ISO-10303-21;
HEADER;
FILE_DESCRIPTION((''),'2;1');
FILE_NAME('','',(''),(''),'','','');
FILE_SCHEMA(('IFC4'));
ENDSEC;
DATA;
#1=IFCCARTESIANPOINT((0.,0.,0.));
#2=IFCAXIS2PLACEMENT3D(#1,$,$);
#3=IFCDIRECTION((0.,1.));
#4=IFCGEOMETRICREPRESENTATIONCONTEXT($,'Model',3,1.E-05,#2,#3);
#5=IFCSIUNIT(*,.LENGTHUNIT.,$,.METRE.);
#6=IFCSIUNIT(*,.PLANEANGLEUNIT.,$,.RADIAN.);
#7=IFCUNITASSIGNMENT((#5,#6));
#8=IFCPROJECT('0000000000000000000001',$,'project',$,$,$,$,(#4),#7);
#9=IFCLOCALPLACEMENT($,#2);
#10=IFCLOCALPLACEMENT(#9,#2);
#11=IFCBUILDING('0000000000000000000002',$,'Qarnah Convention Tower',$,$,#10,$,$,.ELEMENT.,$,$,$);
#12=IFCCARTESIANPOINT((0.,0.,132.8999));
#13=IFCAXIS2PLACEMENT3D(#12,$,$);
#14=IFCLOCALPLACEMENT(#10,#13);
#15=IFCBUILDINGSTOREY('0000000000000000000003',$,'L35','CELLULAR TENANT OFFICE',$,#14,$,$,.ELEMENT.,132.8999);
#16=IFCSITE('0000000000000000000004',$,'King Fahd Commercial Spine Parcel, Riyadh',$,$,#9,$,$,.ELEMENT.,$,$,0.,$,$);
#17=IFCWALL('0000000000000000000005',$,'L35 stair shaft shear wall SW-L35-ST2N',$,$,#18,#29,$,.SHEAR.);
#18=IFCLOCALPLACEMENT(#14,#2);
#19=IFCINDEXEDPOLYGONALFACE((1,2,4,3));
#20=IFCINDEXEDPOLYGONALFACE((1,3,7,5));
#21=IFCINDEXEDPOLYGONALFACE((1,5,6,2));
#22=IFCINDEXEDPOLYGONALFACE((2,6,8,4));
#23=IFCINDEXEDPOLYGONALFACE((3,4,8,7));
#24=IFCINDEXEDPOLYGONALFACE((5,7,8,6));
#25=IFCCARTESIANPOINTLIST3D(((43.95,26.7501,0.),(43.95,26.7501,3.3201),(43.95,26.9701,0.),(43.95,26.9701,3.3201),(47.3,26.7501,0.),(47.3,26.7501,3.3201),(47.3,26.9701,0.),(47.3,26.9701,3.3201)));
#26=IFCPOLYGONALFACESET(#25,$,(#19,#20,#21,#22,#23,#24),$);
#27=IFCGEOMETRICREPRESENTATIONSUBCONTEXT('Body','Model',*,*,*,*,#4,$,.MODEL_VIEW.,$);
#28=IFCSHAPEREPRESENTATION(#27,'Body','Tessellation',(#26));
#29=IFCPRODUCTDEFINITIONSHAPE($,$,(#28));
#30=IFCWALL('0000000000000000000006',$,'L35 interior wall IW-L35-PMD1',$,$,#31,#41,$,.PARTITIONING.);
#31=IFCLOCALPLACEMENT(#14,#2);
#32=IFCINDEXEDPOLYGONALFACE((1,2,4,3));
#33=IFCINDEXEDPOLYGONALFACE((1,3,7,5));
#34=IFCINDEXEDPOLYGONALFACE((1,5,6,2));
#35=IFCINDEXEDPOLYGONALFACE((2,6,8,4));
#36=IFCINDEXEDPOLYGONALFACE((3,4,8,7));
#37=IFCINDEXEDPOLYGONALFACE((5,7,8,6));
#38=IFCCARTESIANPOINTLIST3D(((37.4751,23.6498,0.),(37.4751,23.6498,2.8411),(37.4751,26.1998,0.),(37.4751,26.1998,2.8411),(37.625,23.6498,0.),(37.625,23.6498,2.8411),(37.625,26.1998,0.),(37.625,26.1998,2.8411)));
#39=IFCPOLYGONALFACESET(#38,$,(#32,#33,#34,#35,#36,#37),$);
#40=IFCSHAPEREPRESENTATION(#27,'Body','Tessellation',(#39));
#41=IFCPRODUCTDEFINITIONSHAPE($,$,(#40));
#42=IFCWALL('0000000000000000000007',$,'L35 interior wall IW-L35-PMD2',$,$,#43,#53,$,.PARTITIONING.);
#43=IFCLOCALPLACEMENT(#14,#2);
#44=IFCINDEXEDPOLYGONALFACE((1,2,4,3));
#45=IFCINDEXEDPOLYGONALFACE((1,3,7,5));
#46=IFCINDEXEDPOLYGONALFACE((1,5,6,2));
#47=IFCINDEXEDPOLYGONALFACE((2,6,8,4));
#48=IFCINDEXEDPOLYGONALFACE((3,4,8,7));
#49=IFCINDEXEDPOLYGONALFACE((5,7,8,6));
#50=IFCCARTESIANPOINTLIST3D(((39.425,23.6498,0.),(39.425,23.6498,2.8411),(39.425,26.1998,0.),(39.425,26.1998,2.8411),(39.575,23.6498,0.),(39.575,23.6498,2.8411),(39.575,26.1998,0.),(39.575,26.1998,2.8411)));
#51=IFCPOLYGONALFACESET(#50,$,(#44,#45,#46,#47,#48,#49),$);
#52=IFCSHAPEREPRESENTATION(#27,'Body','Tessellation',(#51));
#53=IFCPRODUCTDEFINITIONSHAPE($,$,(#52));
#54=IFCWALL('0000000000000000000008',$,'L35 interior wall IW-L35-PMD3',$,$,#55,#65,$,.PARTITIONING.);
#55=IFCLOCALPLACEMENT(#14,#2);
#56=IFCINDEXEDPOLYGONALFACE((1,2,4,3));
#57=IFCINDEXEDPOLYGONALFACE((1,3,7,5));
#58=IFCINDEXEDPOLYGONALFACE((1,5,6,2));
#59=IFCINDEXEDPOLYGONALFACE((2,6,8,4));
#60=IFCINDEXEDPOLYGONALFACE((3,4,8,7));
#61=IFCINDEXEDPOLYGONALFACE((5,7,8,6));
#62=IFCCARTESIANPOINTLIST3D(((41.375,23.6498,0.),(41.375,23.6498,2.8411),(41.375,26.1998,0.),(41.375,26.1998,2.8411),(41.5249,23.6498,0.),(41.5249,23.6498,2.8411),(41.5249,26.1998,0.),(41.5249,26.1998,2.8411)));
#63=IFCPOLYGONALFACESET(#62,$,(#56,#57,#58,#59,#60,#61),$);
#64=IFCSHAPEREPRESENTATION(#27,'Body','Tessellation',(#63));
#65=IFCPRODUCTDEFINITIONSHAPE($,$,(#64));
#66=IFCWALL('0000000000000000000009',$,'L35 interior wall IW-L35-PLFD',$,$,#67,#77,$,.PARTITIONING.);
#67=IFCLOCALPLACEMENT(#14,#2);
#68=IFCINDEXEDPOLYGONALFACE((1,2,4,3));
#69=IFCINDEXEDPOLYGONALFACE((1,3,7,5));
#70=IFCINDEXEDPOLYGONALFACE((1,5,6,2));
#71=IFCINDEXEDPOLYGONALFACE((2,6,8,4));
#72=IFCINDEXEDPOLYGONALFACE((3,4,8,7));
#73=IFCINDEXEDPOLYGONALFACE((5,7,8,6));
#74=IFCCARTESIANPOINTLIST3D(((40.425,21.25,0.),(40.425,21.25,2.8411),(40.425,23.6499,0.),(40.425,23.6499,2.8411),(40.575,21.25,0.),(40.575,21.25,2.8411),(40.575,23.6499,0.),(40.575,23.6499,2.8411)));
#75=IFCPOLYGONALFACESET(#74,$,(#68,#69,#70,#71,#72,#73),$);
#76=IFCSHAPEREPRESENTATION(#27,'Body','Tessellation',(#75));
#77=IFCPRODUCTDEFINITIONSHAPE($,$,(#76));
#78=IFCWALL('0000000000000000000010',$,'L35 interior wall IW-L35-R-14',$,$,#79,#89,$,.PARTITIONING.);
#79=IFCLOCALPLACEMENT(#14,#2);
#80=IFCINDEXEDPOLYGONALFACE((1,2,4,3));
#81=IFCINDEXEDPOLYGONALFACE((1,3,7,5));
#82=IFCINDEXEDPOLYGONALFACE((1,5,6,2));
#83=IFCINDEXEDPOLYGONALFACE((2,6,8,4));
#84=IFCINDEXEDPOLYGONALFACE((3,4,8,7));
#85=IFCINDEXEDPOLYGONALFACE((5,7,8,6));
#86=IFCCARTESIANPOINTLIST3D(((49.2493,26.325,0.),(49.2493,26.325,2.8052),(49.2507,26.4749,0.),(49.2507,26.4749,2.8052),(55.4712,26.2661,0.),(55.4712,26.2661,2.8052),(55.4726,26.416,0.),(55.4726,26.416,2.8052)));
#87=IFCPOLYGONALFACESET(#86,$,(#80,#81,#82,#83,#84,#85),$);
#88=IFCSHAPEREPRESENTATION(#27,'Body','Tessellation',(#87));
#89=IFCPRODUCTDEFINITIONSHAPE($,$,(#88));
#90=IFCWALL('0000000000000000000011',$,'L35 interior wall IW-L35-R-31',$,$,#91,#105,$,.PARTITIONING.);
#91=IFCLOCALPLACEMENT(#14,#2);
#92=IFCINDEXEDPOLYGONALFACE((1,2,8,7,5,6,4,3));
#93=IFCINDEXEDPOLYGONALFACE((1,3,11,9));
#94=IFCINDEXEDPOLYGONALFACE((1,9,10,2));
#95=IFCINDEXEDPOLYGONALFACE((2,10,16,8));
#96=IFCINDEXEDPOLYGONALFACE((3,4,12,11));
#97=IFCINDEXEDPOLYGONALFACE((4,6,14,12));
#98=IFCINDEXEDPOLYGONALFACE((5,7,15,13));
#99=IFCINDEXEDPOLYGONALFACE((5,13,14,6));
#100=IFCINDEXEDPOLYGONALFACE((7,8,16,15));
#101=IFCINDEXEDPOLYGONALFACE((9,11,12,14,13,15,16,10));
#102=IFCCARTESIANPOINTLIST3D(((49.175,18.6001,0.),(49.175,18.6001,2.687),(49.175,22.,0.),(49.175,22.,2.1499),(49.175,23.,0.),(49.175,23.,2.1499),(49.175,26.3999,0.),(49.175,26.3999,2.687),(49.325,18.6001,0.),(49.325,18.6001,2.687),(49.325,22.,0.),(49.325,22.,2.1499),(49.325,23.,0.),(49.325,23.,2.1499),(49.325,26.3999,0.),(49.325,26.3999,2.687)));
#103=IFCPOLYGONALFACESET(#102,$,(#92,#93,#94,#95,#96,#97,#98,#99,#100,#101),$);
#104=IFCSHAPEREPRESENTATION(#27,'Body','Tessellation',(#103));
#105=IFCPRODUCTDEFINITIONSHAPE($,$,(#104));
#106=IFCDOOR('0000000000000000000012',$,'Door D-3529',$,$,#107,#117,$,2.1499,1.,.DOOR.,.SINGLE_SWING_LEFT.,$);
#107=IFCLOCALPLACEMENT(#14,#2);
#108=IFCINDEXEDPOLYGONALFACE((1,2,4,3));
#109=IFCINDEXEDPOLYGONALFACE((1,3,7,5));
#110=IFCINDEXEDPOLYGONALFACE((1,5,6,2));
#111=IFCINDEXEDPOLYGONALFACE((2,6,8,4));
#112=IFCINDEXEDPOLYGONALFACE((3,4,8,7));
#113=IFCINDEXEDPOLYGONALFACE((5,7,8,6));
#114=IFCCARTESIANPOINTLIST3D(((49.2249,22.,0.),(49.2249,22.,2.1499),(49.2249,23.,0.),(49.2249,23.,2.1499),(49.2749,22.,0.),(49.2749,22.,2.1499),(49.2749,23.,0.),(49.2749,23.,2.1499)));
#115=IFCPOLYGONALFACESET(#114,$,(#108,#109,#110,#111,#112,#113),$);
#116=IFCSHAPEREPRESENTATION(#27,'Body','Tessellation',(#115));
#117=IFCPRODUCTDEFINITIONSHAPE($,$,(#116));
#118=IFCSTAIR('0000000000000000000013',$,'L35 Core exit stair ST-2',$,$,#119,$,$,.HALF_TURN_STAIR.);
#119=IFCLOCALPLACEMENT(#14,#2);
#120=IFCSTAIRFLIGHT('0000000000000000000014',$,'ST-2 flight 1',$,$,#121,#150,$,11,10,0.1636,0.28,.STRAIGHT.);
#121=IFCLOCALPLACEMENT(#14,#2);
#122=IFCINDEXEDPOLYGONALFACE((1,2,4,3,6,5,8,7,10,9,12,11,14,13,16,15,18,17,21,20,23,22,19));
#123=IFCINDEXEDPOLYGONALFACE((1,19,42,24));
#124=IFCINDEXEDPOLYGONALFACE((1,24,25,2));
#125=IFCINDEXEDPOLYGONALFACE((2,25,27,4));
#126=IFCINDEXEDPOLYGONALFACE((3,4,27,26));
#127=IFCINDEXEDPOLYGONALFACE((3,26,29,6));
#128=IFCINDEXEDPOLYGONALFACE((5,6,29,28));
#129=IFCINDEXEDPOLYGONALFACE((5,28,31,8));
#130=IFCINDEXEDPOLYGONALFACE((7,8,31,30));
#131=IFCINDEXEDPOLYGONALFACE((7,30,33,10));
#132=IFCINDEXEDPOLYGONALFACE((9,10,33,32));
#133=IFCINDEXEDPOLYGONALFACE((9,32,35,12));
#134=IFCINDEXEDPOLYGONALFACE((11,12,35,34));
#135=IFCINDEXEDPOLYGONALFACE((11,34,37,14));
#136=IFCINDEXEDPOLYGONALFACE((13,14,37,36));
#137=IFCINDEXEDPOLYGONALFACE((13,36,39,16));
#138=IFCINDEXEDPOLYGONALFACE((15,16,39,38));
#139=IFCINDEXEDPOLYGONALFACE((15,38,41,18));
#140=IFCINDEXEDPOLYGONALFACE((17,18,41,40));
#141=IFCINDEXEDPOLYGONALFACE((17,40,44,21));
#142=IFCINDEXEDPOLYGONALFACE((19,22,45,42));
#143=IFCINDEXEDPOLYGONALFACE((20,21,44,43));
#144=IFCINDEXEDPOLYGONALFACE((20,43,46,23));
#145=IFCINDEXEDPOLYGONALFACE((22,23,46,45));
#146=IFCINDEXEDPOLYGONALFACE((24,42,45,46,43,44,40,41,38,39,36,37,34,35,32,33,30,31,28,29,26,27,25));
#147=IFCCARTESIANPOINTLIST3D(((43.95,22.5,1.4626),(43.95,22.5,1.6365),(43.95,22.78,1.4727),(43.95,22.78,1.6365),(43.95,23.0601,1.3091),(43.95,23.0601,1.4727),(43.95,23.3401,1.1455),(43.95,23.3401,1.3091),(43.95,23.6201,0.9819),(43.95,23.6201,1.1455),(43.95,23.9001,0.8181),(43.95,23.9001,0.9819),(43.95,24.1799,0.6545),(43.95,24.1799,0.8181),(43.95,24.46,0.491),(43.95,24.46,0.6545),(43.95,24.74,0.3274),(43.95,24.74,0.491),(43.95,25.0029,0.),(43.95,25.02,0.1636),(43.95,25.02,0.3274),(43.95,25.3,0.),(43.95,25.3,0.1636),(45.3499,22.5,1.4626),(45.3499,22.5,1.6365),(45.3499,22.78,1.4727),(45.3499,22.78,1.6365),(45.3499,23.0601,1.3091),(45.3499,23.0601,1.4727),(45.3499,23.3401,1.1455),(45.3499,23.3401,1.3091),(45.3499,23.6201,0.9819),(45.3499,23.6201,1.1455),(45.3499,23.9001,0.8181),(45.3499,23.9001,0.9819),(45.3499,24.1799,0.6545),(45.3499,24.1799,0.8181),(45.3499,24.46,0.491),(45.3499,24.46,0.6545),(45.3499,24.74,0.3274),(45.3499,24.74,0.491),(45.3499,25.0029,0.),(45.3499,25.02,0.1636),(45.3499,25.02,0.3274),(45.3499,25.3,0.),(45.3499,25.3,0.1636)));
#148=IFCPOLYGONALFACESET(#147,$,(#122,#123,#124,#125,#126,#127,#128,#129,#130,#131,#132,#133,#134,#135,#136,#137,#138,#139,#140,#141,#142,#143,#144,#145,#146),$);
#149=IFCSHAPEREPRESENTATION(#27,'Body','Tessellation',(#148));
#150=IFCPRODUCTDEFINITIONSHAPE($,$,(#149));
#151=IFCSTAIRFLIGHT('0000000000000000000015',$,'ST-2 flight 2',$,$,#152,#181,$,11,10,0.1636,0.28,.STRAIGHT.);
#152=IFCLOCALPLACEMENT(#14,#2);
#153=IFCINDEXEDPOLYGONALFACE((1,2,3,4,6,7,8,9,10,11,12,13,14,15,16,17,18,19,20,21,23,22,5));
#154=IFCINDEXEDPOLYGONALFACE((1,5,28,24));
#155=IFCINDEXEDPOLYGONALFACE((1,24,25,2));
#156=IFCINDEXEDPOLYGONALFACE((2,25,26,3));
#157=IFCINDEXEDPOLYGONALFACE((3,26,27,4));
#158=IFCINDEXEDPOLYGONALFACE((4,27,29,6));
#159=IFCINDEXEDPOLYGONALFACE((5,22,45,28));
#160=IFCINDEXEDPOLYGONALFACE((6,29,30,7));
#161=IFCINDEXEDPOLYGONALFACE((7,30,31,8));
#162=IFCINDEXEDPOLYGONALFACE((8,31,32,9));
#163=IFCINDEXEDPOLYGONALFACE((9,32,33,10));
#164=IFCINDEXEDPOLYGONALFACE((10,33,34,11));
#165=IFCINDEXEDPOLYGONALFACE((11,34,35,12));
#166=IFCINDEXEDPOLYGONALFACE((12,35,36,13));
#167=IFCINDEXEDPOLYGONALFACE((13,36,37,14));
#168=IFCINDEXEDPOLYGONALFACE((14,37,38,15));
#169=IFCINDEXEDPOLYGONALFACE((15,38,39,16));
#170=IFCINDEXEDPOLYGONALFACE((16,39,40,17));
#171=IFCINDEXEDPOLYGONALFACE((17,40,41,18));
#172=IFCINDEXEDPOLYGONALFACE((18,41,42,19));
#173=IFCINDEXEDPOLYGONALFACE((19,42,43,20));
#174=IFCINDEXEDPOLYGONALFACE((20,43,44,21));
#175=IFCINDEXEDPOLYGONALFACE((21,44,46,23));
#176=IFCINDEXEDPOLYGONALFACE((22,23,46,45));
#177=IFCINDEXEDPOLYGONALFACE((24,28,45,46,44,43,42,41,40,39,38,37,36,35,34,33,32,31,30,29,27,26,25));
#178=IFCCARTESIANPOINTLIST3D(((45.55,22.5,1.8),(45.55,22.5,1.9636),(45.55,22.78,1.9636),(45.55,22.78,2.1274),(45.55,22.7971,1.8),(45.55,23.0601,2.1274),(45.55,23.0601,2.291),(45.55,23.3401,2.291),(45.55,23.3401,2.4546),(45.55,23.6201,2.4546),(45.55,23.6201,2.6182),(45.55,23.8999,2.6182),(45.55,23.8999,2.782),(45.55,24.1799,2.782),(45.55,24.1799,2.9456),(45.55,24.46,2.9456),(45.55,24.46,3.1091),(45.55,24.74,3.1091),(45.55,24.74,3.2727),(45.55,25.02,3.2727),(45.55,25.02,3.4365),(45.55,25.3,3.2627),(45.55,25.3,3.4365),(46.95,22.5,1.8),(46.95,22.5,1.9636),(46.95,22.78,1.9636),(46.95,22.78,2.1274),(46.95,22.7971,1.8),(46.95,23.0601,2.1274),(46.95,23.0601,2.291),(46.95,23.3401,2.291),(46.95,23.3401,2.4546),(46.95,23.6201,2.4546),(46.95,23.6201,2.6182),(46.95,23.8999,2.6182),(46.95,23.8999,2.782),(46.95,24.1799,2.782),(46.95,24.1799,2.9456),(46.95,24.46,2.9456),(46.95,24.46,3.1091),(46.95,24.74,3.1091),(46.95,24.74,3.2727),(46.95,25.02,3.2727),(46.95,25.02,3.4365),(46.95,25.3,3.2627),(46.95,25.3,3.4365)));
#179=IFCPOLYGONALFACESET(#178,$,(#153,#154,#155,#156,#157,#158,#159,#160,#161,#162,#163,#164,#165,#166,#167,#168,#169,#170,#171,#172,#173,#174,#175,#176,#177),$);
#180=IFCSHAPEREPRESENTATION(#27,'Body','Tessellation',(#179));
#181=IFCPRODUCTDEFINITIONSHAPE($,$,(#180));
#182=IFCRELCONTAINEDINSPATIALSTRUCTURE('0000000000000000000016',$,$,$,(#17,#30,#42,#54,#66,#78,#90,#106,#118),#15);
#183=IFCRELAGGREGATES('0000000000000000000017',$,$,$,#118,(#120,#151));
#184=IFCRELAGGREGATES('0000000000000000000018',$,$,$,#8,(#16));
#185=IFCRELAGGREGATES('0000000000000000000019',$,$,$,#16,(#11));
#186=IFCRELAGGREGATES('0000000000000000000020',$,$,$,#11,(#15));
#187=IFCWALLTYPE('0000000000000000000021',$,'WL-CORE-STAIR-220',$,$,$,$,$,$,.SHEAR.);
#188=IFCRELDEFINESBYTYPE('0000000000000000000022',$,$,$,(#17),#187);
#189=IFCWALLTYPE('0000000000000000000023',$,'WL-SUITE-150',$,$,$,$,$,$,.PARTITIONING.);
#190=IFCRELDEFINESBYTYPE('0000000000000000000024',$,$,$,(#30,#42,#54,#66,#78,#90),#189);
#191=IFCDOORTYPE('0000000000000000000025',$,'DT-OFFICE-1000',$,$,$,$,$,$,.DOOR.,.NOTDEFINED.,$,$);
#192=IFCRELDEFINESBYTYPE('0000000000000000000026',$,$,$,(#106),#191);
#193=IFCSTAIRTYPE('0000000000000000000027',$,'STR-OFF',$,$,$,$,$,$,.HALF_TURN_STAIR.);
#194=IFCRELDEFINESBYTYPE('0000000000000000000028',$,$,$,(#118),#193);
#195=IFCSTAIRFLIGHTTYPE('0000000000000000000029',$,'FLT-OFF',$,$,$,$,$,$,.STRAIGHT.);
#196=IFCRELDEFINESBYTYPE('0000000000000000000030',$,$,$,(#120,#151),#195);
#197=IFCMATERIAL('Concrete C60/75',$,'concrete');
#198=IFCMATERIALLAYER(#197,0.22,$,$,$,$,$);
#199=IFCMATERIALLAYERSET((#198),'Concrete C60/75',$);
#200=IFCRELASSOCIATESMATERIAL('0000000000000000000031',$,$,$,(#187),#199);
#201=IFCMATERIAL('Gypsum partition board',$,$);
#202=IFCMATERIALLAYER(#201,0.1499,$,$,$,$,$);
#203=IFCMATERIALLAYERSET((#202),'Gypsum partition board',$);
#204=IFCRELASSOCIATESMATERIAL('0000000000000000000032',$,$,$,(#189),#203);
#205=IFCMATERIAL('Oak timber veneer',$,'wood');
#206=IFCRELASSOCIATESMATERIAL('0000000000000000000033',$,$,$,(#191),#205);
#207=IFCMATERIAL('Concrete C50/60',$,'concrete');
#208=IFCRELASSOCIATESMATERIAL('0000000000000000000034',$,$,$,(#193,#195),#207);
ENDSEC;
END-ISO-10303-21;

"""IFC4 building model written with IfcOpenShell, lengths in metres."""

from ifc_helpers import new_model, si_unit, direction, frame, frame_2d, origin, place, context, subcontext, project, spatial, polyline, rectangle, outline, extrude, material, layer, layer_set, type_object, element, fill, aggregate, save


model = new_model("IFC4")

# Units and contexts
model_context = context("Model", 3, precision=1e-05, world=origin(), true_north=direction((0.0, 1.0)))
body_context = subcontext(model_context, "Body", "Model", "MODEL_VIEW")
ifc_project = project(units=[si_unit("LENGTHUNIT", "METRE"), si_unit("PLANEANGLEUNIT", "RADIAN")], contexts=[model_context])

# Site, building, storey
site_placement = place(None, origin())
site = spatial("IfcSite", under=ifc_project, at=site_placement, Name="King Fahd Commercial Spine Parcel, Riyadh", CompositionType="ELEMENT", RefElevation=0.0)
building_placement = place(site_placement, origin())
building = spatial("IfcBuilding", under=site, at=building_placement, Name="Qarnah Convention Tower", CompositionType="ELEMENT")
storey_placement = place(building_placement, frame((0.0, 0.0, 132.8999)))
storey = spatial("IfcBuildingStorey", under=building, at=storey_placement, Name="L35", Description="CELLULAR TENANT OFFICE", CompositionType="ELEMENT", Elevation=132.8999)

# Shared definitions
ifc_material_1 = material(Name="Concrete C60/75", Category="concrete")

# Walls
ifc_layer_1 = layer(ifc_material_1, 0.22)
ifc_layer_set_1 = layer_set([ifc_layer_1], Name="Concrete C60/75")
wall_type_1 = type_object("IfcWallType", Name="WL-CORE-STAIR-220", PredefinedType="SHEAR", material=ifc_layer_set_1)
wall_1_placement = place(storey_placement, frame((43.95, 26.8601, 0.0), z_axis=(0.0, 0.0, 1.0), x_axis=(1.0, 0.0, 0.0)))
element("IfcWall", 1, at=wall_1_placement, inside=storey, type_object=wall_type_1, Name="L35 stair shaft shear wall SW-L35-ST2N", PredefinedType="SHEAR", context=body_context, shape_type="SweptSolid", body=[
    extrude(rectangle(XDim=3.3501, YDim=0.22, at=frame_2d((1.675, 0.0))), origin(), (0.0, 0.0, 1.0), 3.3201),
])
ifc_material_2 = material(Name="Gypsum partition board")
ifc_layer_2 = layer(ifc_material_2, 0.1499)
ifc_layer_set_2 = layer_set([ifc_layer_2], Name="Gypsum partition board")
wall_type_2 = type_object("IfcWallType", Name="WL-SUITE-150", PredefinedType="PARTITIONING", material=ifc_layer_set_2)
for number, where, z_axis, x_axis, name in (
    (2, (37.55, 23.6499, 0.0), (0.0, 0.0, 1.0), (0.0, 1.0, 0.0), "L35 interior wall IW-L35-PMD1"),
    (3, (39.5, 23.6499, 0.0), (0.0, 0.0, 1.0), (0.0, 1.0, 0.0), "L35 interior wall IW-L35-PMD2"),
    (4, (41.45, 23.6499, 0.0), (0.0, 0.0, 1.0), (0.0, 1.0, 0.0), "L35 interior wall IW-L35-PMD3"),
):
    element("IfcWall", number, at=place(storey_placement, frame(where, z_axis=z_axis, x_axis=x_axis)), inside=storey, type_object=wall_type_2, Name=name, PredefinedType="PARTITIONING", context=body_context, shape_type="SweptSolid", body=[
        extrude(rectangle(XDim=2.55, YDim=0.1499, at=frame_2d((1.2749, 0.0))), origin(), (0.0, 0.0, 1.0), 2.8411),
    ])
wall_2_placement = place(storey_placement, frame((40.5, 21.25, 0.0), z_axis=(0.0, 0.0, 1.0), x_axis=(0.0, 1.0, 0.0)))
element("IfcWall", 5, at=wall_2_placement, inside=storey, type_object=wall_type_2, Name="L35 interior wall IW-L35-PLFD", PredefinedType="PARTITIONING", context=body_context, shape_type="SweptSolid", body=[
    extrude(rectangle(XDim=2.3999, YDim=0.1499, at=frame_2d((1.2, 0.0))), origin(), (0.0, 0.0, 1.0), 2.8411),
])
wall_3_placement = place(storey_placement, frame((49.25, 26.3999, 0.0), z_axis=(0.0, 0.0, 1.0), x_axis=(0.999955, -0.009456, 0.0)))
element("IfcWall", 6, at=wall_3_placement, inside=storey, type_object=wall_type_2, Name="L35 interior wall IW-L35-R-14", PredefinedType="PARTITIONING", context=body_context, shape_type="SweptSolid", body=[
    extrude(rectangle(XDim=6.2222, YDim=0.1499, at=frame_2d((3.1111, 0.0))), origin(), (0.0, 0.0, 1.0), 2.8052),
])

# Wall, opening, door
wall_4_placement = place(storey_placement, frame((49.25, 26.3999, 0.0), z_axis=(0.0, 0.0, 1.0), x_axis=(0.0, -1.0, 0.0)))
wall_4 = element("IfcWall", 7, at=wall_4_placement, inside=storey, type_object=wall_type_2, Name="L35 interior wall IW-L35-R-31", PredefinedType="PARTITIONING", context=body_context, shape_type="SweptSolid", body=[
    extrude(rectangle(XDim=7.7998, YDim=0.1499, at=frame_2d((3.8999, 0.0))), origin(), (0.0, 0.0, 1.0), 2.687),
])
opening_placement = place(wall_4_placement, frame((3.3999, 0.0, 0.0)))
opening = element("IfcOpeningElement", 8, at=opening_placement, cuts=wall_4, PredefinedType="OPENING", context=body_context, shape_type="SweptSolid", body=[
    extrude(rectangle(XDim=1.0, YDim=2.1499, at=frame_2d((0.5, 1.075))), frame((0.0, 0.085, 0.0), z_axis=(0.0, -1.0, 0.0), x_axis=(1.0, 0.0, 0.0)), (0.0, 0.0, 1.0), 0.1699),
])
ifc_material_3 = material(Name="Oak timber veneer", Category="wood")
door_type = type_object("IfcDoorType", Name="DT-OFFICE-1000", OperationType="NOTDEFINED", PredefinedType="DOOR", material=ifc_material_3)
door_placement = place(opening_placement, origin())
door = element("IfcDoor", 9, at=door_placement, inside=storey, type_object=door_type, Name="Door D-3529", OperationType="SINGLE_SWING_LEFT", OverallHeight=2.1499, OverallWidth=1.0, PredefinedType="DOOR", context=body_context, shape_type="SweptSolid", body=[
    extrude(rectangle(XDim=1.0, YDim=2.1499, at=frame_2d((0.5, 1.075))), frame((0.0, 0.0249, 0.0), z_axis=(0.0, -1.0, 0.0), x_axis=(1.0, 0.0, 0.0)), (0.0, 0.0, 1.0), 0.05),
])
fill(opening, door)

# Stair, stair flights
ifc_material_4 = material(Name="Concrete C50/60", Category="concrete")
stair_type = type_object("IfcStairType", Name="STR-OFF", PredefinedType="HALF_TURN_STAIR", material=ifc_material_4)
stair_placement = place(storey_placement, origin())
stair = element("IfcStair", 10, at=stair_placement, inside=storey, type_object=stair_type, Name="L35 Core exit stair ST-2", PredefinedType="HALF_TURN_STAIR")
stair_flight_type = type_object("IfcStairFlightType", Name="FLT-OFF", PredefinedType="STRAIGHT", material=ifc_material_4)
stair_flight_1_placement = place(storey_placement, frame((44.6499, 25.3, 0.0), z_axis=(0.0, 0.0, 1.0), x_axis=(0.0, -1.0, 0.0)))
stair_flight_1 = element("IfcStairFlight", 11, at=stair_flight_1_placement, type_object=stair_flight_type, Name="ST-2 flight 1", NumberOfRisers=11, NumberOfTreads=10, PredefinedType="STRAIGHT", RiserHeight=0.1636, TreadLength=0.28, context=body_context, shape_type="SweptSolid", body=[
    extrude(outline(polyline([(0.0, 0.0), (0.0, 0.1636), (0.28, 0.1636), (0.28, 0.3274), (0.5601, 0.3274), (0.5601, 0.491), (0.8401, 0.491), (0.8401, 0.6545), (1.1201, 0.6545), (1.1201, 0.8181), (1.3999, 0.8181), (1.3999, 0.9819), (1.6799, 0.9819), (1.6799, 1.1455), (1.96, 1.1455), (1.96, 1.3091), (2.24, 1.3091), (2.24, 1.4727), (2.52, 1.4727), (2.52, 1.6365), (2.8, 1.6365), (2.8, 1.8), (2.8, 1.4626), (0.2971, 0.0), (0.0, 0.0)])), frame((0.0, 0.7, 0.0), z_axis=(0.0, -1.0, 0.0), x_axis=(1.0, 0.0, 0.0)), (0.0, 0.0, 1.0), 1.3999),
])
stair_flight_2_placement = place(storey_placement, frame((46.25, 22.5, 1.8), z_axis=(0.0, 0.0, 1.0), x_axis=(0.0, 1.0, 0.0)))
stair_flight_2 = element("IfcStairFlight", 12, at=stair_flight_2_placement, type_object=stair_flight_type, Name="ST-2 flight 2", NumberOfRisers=11, NumberOfTreads=10, PredefinedType="STRAIGHT", RiserHeight=0.1636, TreadLength=0.28, context=body_context, shape_type="SweptSolid", body=[
    extrude(outline(polyline([(0.0, 0.0), (0.0, 0.1636), (0.28, 0.1636), (0.28, 0.3274), (0.5601, 0.3274), (0.5601, 0.491), (0.8401, 0.491), (0.8401, 0.6545), (1.1201, 0.6545), (1.1201, 0.8181), (1.3999, 0.8181), (1.3999, 0.9819), (1.6799, 0.9819), (1.6799, 1.1455), (1.96, 1.1455), (1.96, 1.3091), (2.24, 1.3091), (2.24, 1.4727), (2.52, 1.4727), (2.52, 1.6365), (2.8, 1.6365), (2.8, 1.8), (2.8, 1.4626), (0.2971, 0.0), (0.0, 0.0)])), frame((0.0, 0.7, 0.0), z_axis=(0.0, -1.0, 0.0), x_axis=(1.0, 0.0, 0.0)), (0.0, 0.0, 1.0), 1.3999),
])
aggregate(stair, [stair_flight_1, stair_flight_2])

save(model, "model.ifc")
